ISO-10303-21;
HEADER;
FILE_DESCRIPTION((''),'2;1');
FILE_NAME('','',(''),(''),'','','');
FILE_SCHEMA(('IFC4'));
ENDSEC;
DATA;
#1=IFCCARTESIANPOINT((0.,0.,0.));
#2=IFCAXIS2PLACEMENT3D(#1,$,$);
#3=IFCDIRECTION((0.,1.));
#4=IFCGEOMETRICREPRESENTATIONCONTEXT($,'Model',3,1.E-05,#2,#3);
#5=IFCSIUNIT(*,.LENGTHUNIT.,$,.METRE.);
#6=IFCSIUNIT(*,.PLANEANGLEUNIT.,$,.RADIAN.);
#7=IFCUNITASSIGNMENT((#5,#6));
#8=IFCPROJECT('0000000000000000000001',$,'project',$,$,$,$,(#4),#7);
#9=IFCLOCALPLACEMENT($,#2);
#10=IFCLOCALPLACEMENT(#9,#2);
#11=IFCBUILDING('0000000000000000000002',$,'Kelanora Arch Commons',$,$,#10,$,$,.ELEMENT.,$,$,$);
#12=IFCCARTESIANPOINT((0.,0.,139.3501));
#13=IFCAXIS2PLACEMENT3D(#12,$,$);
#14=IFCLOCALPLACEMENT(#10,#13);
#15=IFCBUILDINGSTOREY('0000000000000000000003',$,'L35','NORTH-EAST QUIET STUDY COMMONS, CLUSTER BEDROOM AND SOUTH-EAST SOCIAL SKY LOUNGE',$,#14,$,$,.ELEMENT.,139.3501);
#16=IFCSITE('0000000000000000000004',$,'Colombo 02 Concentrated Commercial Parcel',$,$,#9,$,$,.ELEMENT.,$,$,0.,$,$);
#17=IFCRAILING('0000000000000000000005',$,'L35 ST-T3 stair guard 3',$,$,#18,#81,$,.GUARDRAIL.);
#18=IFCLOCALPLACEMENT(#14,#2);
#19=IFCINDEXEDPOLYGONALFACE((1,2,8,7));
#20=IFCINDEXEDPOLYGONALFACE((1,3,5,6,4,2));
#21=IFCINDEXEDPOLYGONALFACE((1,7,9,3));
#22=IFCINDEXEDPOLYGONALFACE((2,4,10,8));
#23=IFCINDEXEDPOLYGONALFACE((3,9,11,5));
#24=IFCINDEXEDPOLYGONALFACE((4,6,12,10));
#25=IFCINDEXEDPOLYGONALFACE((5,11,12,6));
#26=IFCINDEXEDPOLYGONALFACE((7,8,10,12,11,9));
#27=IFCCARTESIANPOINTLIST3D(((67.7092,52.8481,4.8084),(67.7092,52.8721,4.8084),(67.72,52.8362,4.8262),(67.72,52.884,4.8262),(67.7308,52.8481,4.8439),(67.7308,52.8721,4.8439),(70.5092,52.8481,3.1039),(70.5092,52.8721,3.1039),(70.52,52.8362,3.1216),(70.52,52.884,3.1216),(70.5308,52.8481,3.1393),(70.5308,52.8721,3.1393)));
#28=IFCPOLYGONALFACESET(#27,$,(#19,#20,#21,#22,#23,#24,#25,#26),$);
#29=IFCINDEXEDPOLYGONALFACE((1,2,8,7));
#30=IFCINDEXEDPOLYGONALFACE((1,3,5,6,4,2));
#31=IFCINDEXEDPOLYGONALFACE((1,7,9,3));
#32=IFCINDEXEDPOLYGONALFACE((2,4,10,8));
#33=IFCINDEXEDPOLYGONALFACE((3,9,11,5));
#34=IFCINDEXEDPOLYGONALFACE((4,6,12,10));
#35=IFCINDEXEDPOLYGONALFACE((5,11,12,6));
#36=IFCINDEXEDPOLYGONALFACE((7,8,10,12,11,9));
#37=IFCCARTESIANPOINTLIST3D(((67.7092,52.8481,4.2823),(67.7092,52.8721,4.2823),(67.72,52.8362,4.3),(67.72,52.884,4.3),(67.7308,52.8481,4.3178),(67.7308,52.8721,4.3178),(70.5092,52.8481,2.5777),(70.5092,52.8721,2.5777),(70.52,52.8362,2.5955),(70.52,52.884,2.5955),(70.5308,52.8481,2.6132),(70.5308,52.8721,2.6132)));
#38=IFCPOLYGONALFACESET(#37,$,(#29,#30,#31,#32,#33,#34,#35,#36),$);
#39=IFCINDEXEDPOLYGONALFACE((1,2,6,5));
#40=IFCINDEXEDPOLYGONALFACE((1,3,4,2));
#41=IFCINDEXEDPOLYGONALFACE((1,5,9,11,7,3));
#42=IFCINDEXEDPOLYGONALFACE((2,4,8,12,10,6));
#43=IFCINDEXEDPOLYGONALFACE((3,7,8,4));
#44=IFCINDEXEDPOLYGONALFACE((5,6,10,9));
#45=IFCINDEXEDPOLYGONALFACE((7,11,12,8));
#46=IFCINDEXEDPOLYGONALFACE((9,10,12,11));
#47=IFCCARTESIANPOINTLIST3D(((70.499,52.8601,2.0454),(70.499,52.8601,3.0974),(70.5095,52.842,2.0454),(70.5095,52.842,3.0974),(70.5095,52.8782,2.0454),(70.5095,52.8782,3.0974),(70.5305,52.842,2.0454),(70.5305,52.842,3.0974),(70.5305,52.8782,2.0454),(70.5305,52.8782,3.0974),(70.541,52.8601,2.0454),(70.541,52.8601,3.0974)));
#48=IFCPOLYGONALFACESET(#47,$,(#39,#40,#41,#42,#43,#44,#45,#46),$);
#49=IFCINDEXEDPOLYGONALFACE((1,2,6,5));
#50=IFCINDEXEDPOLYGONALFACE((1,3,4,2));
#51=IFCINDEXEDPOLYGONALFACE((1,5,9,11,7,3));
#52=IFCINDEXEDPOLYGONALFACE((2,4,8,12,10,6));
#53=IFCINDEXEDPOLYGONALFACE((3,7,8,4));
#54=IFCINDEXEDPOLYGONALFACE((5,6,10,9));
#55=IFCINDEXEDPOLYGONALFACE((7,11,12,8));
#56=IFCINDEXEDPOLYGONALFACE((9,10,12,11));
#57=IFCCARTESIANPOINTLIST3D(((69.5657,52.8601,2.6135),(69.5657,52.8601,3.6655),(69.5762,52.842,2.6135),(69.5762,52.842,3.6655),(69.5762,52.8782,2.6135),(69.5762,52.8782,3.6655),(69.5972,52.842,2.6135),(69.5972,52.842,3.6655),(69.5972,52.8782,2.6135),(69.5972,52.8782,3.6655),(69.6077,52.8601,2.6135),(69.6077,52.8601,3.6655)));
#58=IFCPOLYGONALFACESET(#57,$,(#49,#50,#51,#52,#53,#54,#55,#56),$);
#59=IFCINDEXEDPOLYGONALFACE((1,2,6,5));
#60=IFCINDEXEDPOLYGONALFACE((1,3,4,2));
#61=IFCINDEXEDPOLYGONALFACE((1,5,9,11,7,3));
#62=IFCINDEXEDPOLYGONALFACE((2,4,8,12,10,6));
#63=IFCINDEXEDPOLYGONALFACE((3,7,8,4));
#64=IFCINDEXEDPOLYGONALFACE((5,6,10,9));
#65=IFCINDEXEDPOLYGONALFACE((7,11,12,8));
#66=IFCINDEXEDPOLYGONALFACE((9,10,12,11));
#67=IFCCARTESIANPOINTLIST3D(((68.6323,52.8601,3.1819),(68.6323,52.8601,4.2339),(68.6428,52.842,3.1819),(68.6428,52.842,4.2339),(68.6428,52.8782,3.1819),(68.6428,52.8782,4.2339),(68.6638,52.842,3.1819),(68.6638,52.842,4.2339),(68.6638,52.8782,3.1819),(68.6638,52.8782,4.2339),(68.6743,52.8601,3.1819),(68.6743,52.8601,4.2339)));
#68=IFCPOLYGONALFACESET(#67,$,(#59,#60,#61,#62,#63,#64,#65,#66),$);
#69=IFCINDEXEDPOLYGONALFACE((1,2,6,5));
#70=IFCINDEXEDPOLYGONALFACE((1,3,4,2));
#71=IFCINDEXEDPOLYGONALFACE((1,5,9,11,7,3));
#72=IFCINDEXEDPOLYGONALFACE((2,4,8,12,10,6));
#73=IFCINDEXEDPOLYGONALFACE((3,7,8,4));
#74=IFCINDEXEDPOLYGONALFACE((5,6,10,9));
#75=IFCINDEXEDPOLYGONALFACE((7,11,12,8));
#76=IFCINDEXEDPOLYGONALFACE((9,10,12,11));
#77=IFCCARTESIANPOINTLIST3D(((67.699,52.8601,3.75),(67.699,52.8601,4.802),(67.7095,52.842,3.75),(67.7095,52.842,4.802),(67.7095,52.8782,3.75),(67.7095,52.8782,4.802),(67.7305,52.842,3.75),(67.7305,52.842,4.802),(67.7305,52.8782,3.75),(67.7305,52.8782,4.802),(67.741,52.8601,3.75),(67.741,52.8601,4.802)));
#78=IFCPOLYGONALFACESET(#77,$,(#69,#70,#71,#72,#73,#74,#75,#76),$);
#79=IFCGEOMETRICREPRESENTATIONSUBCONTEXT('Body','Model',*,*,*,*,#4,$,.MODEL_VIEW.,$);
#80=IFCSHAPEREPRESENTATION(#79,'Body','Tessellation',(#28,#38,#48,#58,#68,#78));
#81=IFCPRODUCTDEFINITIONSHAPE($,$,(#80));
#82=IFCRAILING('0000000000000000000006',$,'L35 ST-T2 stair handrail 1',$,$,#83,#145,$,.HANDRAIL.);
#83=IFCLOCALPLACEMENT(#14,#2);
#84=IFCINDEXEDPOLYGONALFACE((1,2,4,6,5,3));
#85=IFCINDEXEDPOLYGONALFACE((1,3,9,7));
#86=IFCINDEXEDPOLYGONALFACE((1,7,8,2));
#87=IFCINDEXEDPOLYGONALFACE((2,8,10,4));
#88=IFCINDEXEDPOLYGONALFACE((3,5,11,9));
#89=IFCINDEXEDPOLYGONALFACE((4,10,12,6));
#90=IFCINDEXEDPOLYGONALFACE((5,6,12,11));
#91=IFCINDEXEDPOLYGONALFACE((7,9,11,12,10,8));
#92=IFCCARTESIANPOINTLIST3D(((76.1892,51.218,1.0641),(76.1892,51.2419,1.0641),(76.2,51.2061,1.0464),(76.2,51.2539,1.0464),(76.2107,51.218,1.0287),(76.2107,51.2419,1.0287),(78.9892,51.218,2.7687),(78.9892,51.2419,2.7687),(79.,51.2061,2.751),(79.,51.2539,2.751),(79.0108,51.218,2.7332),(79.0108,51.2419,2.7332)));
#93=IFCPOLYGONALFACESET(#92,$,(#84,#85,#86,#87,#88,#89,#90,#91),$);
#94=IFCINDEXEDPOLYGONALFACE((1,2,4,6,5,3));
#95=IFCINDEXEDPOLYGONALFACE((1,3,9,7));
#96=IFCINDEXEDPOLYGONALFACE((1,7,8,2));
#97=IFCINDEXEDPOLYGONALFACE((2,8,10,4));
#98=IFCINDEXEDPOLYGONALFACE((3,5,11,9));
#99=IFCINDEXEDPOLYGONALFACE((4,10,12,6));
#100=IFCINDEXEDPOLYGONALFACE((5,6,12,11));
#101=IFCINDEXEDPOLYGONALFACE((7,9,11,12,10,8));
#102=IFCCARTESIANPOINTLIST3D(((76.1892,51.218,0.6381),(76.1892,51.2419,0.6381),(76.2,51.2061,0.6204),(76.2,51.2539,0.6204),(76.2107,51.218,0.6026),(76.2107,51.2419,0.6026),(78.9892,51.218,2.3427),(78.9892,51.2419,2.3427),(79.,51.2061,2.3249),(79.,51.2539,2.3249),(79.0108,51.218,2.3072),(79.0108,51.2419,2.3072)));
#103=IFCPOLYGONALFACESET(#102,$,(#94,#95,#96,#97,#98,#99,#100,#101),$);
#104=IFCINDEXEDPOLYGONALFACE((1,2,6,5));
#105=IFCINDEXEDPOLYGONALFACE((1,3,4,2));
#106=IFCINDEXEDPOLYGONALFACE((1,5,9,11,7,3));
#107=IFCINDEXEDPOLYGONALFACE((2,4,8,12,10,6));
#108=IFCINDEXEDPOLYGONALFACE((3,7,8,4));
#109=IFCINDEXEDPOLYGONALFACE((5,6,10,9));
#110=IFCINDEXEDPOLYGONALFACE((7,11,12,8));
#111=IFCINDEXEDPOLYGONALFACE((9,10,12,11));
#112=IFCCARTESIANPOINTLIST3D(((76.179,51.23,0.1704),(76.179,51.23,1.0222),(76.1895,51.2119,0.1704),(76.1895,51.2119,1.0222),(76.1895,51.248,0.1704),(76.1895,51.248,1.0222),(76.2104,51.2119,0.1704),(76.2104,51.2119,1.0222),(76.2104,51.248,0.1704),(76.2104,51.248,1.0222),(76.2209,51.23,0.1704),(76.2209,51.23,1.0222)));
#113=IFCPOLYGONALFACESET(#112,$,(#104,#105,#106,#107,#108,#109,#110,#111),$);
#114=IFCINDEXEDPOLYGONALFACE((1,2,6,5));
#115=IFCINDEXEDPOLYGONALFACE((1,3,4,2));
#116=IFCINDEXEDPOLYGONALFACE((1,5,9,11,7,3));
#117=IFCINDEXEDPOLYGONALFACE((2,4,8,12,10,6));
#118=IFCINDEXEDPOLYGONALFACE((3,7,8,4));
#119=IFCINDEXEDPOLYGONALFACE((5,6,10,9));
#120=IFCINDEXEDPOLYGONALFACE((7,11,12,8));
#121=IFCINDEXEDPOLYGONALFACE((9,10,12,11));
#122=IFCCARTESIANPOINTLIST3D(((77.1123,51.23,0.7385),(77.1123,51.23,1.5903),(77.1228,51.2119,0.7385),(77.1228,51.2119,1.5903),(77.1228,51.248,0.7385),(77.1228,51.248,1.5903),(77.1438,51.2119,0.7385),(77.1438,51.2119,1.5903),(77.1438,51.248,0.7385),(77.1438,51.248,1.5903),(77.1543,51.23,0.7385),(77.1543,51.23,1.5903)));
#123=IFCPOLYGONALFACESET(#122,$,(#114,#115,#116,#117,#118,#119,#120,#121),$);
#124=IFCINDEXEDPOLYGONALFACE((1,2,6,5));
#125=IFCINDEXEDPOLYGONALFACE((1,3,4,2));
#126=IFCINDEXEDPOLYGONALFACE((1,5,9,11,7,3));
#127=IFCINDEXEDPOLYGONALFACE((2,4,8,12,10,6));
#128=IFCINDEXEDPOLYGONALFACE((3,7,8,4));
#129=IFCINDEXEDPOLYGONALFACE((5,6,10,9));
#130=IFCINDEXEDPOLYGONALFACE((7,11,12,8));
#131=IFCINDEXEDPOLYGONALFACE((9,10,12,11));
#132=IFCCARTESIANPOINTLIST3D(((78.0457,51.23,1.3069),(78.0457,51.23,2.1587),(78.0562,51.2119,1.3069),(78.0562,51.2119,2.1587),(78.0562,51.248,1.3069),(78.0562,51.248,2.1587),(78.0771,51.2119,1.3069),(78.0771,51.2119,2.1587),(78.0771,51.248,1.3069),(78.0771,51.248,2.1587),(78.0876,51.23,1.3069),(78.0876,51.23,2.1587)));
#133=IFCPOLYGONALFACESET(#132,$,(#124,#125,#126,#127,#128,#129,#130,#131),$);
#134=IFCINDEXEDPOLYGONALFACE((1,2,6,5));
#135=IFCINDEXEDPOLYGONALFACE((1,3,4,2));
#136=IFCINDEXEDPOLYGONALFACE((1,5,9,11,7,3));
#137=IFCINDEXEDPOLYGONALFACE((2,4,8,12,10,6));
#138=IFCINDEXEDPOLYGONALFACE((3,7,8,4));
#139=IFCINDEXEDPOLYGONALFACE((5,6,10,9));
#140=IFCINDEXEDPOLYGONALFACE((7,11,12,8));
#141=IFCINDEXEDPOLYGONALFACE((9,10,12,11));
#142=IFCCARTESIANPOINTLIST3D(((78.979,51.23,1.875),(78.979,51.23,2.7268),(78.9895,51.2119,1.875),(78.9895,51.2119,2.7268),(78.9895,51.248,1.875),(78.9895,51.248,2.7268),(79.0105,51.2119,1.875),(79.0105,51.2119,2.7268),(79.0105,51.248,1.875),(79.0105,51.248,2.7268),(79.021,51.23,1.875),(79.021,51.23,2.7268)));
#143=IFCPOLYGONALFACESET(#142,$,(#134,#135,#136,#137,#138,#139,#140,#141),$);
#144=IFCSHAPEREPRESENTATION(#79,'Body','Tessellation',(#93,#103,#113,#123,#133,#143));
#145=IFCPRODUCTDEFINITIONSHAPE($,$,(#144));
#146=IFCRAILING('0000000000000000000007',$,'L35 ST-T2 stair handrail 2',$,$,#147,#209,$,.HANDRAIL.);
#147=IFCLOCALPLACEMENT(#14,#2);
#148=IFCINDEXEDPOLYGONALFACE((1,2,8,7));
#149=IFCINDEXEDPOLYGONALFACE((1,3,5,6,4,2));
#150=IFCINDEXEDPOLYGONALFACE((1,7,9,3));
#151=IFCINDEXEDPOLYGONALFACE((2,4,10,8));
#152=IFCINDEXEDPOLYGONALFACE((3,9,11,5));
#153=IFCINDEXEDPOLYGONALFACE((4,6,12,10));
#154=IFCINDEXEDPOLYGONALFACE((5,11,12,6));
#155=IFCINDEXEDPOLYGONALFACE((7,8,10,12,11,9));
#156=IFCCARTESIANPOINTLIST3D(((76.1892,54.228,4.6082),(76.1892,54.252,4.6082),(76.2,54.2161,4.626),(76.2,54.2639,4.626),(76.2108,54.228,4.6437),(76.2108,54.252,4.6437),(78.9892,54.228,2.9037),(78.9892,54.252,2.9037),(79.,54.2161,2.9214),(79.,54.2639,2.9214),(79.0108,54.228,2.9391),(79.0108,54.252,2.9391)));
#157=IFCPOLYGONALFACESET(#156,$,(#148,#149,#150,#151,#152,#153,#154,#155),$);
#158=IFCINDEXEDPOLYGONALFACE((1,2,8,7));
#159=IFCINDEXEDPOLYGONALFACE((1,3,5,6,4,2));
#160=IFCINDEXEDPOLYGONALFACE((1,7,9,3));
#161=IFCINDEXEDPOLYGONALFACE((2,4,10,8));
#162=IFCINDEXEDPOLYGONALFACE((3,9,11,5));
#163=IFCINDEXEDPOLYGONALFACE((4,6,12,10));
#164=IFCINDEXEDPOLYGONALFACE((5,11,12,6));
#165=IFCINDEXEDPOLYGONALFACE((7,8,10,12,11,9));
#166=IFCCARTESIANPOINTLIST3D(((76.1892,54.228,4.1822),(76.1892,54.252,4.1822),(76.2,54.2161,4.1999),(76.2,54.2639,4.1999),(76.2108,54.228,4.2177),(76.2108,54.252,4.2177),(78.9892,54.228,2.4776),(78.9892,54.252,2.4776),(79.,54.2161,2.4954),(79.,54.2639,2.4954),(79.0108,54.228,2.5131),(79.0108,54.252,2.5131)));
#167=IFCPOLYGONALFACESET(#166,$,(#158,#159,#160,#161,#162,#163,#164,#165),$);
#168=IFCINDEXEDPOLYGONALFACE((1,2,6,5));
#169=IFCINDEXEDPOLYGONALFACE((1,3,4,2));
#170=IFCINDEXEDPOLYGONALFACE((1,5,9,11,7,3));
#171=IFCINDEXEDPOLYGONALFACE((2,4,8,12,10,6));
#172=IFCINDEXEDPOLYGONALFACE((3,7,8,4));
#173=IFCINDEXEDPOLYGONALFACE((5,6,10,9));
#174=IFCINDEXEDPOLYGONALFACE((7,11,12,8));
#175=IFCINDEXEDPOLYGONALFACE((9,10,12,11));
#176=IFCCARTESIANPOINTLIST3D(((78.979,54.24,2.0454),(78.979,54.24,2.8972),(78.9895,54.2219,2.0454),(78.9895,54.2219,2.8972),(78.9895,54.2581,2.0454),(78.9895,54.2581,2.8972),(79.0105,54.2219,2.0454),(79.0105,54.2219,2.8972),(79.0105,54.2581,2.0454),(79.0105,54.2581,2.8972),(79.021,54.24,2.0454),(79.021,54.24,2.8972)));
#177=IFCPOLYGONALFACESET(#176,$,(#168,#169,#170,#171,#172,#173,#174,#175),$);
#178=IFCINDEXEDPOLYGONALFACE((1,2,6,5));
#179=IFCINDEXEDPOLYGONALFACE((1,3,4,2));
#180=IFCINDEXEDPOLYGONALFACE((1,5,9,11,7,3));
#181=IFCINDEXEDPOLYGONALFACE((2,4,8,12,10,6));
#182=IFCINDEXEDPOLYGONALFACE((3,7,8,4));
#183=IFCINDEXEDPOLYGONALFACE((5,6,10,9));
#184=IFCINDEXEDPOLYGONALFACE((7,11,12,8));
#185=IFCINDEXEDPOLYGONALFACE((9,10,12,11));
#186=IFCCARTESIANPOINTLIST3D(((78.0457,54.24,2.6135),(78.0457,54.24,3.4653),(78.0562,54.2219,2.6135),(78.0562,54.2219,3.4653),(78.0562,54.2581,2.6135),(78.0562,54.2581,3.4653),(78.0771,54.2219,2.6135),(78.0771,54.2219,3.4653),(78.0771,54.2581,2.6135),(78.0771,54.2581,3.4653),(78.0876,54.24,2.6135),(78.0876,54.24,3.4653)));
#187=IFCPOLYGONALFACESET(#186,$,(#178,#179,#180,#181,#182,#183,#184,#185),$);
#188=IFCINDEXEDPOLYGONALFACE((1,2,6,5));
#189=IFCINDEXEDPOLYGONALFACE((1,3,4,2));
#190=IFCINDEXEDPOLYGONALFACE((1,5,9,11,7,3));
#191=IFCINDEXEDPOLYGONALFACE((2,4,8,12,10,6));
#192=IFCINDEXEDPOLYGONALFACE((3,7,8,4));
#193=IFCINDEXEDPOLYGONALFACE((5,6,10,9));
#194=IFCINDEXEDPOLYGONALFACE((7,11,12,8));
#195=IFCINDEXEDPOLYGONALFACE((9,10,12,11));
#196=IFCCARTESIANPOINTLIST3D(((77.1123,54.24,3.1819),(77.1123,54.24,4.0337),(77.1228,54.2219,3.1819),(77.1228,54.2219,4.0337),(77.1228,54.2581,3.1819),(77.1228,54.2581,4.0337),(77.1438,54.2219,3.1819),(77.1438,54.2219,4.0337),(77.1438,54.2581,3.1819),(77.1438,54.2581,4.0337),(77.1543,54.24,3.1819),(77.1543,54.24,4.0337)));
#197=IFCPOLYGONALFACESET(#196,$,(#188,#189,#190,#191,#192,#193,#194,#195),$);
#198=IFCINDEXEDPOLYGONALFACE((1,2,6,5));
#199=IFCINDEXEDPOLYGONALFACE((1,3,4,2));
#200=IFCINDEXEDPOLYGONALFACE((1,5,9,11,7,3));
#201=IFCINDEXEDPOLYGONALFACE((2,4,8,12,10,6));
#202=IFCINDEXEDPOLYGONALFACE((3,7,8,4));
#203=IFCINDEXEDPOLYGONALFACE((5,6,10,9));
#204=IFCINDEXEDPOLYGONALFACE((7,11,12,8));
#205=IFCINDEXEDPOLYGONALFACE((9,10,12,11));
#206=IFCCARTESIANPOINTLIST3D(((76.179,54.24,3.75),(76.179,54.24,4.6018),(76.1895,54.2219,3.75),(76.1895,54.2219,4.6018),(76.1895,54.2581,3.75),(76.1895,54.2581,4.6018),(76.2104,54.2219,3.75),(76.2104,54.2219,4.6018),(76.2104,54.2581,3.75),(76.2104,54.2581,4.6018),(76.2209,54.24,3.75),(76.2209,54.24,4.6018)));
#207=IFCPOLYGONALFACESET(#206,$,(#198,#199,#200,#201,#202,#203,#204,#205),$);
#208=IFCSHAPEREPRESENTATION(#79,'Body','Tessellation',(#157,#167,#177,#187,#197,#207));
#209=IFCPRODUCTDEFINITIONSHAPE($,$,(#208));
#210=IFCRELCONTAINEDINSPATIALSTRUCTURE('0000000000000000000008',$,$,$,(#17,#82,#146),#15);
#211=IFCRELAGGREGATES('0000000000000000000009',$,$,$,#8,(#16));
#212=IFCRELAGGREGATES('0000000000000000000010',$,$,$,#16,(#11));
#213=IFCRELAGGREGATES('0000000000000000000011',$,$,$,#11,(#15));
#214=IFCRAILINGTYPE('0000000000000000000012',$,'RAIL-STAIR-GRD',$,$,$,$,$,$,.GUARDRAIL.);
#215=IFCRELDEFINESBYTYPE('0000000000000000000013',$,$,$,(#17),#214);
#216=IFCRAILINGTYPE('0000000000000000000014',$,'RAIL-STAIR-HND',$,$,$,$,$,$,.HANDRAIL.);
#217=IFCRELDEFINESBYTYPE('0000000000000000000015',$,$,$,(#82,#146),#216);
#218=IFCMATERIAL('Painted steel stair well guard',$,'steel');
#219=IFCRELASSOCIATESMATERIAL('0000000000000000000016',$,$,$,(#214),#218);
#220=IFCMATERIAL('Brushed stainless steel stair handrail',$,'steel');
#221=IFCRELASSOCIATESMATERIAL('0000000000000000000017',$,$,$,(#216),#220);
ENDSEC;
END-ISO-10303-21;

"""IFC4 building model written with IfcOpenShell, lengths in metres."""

from ifc_helpers import new_model, si_unit, direction, frame, origin, place, context, subcontext, project, spatial, polyline, outline, extrude, material, type_object, element, save


model = new_model("IFC4")

# Units and contexts
model_context = context("Model", 3, precision=1e-05, world=origin(), true_north=direction((0.0, 1.0)))
body_context = subcontext(model_context, "Body", "Model", "MODEL_VIEW")
ifc_project = project(units=[si_unit("LENGTHUNIT", "METRE"), si_unit("PLANEANGLEUNIT", "RADIAN")], contexts=[model_context])

# Site, building, storey
site_placement = place(None, origin())
site = spatial("IfcSite", under=ifc_project, at=site_placement, Name="Colombo 02 Concentrated Commercial Parcel", CompositionType="ELEMENT", RefElevation=0.0)
building_placement = place(site_placement, origin())
building = spatial("IfcBuilding", under=site, at=building_placement, Name="Kelanora Arch Commons", CompositionType="ELEMENT")
storey_placement = place(building_placement, frame((0.0, 0.0, 139.3501)))
storey = spatial("IfcBuildingStorey", under=building, at=storey_placement, Name="L35", Description="NORTH-EAST QUIET STUDY COMMONS, CLUSTER BEDROOM AND SOUTH-EAST SOCIAL SKY LOUNGE", CompositionType="ELEMENT", Elevation=139.3501)

# Railings
ifc_material_1 = material(Name="Painted steel stair well guard", Category="steel")
railing_type_1 = type_object("IfcRailingType", Name="RAIL-STAIR-GRD", PredefinedType="GUARDRAIL", material=ifc_material_1)
railing_1_placement = place(storey_placement, frame((70.52, 52.8601, 2.0454)))
element("IfcRailing", 1, at=railing_1_placement, inside=storey, type_object=railing_type_1, Name="L35 ST-T3 stair guard 3", PredefinedType="GUARDRAIL", context=body_context, shape_type="SweptSolid", body=[
    extrude(outline(polyline([(0.0239, 0.0), (0.012, 0.0208), (-0.012, 0.0208), (-0.0239, 0.0), (-0.012, -0.0208), (0.012, -0.0208), (0.0239, 0.0)])), frame((0.0, 0.0, 1.0762), z_axis=(-0.85417, 0.0, 0.519994), x_axis=(0.0, -1.0, 0.0)), (0.0, 0.0, 1.0), 3.2781),
    extrude(outline(polyline([(0.0239, 0.0), (0.012, 0.0208), (-0.012, 0.0208), (-0.0239, 0.0), (-0.012, -0.0208), (0.012, -0.0208), (0.0239, 0.0)])), frame((0.0, 0.0, 0.55), z_axis=(-0.85417, 0.0, 0.519994), x_axis=(0.0, -1.0, 0.0)), (0.0, 0.0, 1.0), 3.2781),
    extrude(outline(polyline([(0.021, 0.0), (0.0105, 0.0181), (-0.0105, 0.0181), (-0.021, 0.0), (-0.0105, -0.0181), (0.0105, -0.0181), (0.021, 0.0)])), origin(), (0.0, 0.0, 1.0), 1.052),
    extrude(outline(polyline([(0.021, 0.0), (0.0105, 0.0181), (-0.0105, 0.0181), (-0.021, 0.0), (-0.0105, -0.0181), (0.0105, -0.0181), (0.021, 0.0)])), frame((-0.9333, 0.0, 0.5681)), (0.0, 0.0, 1.0), 1.052),
    extrude(outline(polyline([(0.021, 0.0), (0.0105, 0.0181), (-0.0105, 0.0181), (-0.021, 0.0), (-0.0105, -0.0181), (0.0105, -0.0181), (0.021, 0.0)])), frame((-1.8667, 0.0, 1.1365)), (0.0, 0.0, 1.0), 1.052),
    extrude(outline(polyline([(0.021, 0.0), (0.0105, 0.0181), (-0.0105, 0.0181), (-0.021, 0.0), (-0.0105, -0.0181), (0.0105, -0.0181), (0.021, 0.0)])), frame((-2.8, 0.0, 1.7046)), (0.0, 0.0, 1.0), 1.052),
])
ifc_material_2 = material(Name="Brushed stainless steel stair handrail", Category="steel")
railing_type_2 = type_object("IfcRailingType", Name="RAIL-STAIR-HND", PredefinedType="HANDRAIL", material=ifc_material_2)
railing_2_placement = place(storey_placement, frame((76.2, 51.23, 0.1704)))
element("IfcRailing", 2, at=railing_2_placement, inside=storey, type_object=railing_type_2, Name="L35 ST-T2 stair handrail 1", PredefinedType="HANDRAIL", context=body_context, shape_type="SweptSolid", body=[
    extrude(outline(polyline([(0.0239, 0.0), (0.012, 0.0208), (-0.012, 0.0208), (-0.0239, 0.0), (-0.012, -0.0208), (0.012, -0.0208), (0.0239, 0.0)])), frame((0.0, 0.0, 0.876), z_axis=(0.85417, 0.0, 0.519994), x_axis=(0.0, 1.0, 0.0)), (0.0, 0.0, 1.0), 3.2781),
    extrude(outline(polyline([(0.0239, 0.0), (0.012, 0.0208), (-0.012, 0.0208), (-0.0239, 0.0), (-0.012, -0.0208), (0.012, -0.0208), (0.0239, 0.0)])), frame((0.0, 0.0, 0.45), z_axis=(0.85417, 0.0, 0.519994), x_axis=(0.0, 1.0, 0.0)), (0.0, 0.0, 1.0), 3.2781),
    extrude(outline(polyline([(0.021, 0.0), (0.0105, 0.0181), (-0.0105, 0.0181), (-0.021, 0.0), (-0.0105, -0.0181), (0.0105, -0.0181), (0.021, 0.0)])), origin(), (0.0, 0.0, 1.0), 0.8518),
    extrude(outline(polyline([(0.021, 0.0), (0.0105, 0.0181), (-0.0105, 0.0181), (-0.021, 0.0), (-0.0105, -0.0181), (0.0105, -0.0181), (0.021, 0.0)])), frame((0.9333, 0.0, 0.5681)), (0.0, 0.0, 1.0), 0.8518),
    extrude(outline(polyline([(0.021, 0.0), (0.0105, 0.0181), (-0.0105, 0.0181), (-0.021, 0.0), (-0.0105, -0.0181), (0.0105, -0.0181), (0.021, 0.0)])), frame((1.8667, 0.0, 1.1365)), (0.0, 0.0, 1.0), 0.8518),
    extrude(outline(polyline([(0.021, 0.0), (0.0105, 0.0181), (-0.0105, 0.0181), (-0.021, 0.0), (-0.0105, -0.0181), (0.0105, -0.0181), (0.021, 0.0)])), frame((2.8, 0.0, 1.7046)), (0.0, 0.0, 1.0), 0.8518),
])
railing_3_placement = place(storey_placement, frame((79.0, 54.24, 2.0454)))
element("IfcRailing", 3, at=railing_3_placement, inside=storey, type_object=railing_type_2, Name="L35 ST-T2 stair handrail 2", PredefinedType="HANDRAIL", context=body_context, shape_type="SweptSolid", body=[
    extrude(outline(polyline([(0.0239, 0.0), (0.012, 0.0208), (-0.012, 0.0208), (-0.0239, 0.0), (-0.012, -0.0208), (0.012, -0.0208), (0.0239, 0.0)])), frame((0.0, 0.0, 0.876), z_axis=(-0.85417, 0.0, 0.519994), x_axis=(0.0, -1.0, 0.0)), (0.0, 0.0, 1.0), 3.2781),
    extrude(outline(polyline([(0.0239, 0.0), (0.012, 0.0208), (-0.012, 0.0208), (-0.0239, 0.0), (-0.012, -0.0208), (0.012, -0.0208), (0.0239, 0.0)])), frame((0.0, 0.0, 0.45), z_axis=(-0.85417, 0.0, 0.519994), x_axis=(0.0, -1.0, 0.0)), (0.0, 0.0, 1.0), 3.2781),
    extrude(outline(polyline([(0.021, 0.0), (0.0105, 0.0181), (-0.0105, 0.0181), (-0.021, 0.0), (-0.0105, -0.0181), (0.0105, -0.0181), (0.021, 0.0)])), origin(), (0.0, 0.0, 1.0), 0.8518),
    extrude(outline(polyline([(0.021, 0.0), (0.0105, 0.0181), (-0.0105, 0.0181), (-0.021, 0.0), (-0.0105, -0.0181), (0.0105, -0.0181), (0.021, 0.0)])), frame((-0.9333, 0.0, 0.5681)), (0.0, 0.0, 1.0), 0.8518),
    extrude(outline(polyline([(0.021, 0.0), (0.0105, 0.0181), (-0.0105, 0.0181), (-0.021, 0.0), (-0.0105, -0.0181), (0.0105, -0.0181), (0.021, 0.0)])), frame((-1.8667, 0.0, 1.1365)), (0.0, 0.0, 1.0), 0.8518),
    extrude(outline(polyline([(0.021, 0.0), (0.0105, 0.0181), (-0.0105, 0.0181), (-0.021, 0.0), (-0.0105, -0.0181), (0.0105, -0.0181), (0.021, 0.0)])), frame((-2.8, 0.0, 1.7046)), (0.0, 0.0, 1.0), 0.8518),
])

save(model, "model.ifc")
